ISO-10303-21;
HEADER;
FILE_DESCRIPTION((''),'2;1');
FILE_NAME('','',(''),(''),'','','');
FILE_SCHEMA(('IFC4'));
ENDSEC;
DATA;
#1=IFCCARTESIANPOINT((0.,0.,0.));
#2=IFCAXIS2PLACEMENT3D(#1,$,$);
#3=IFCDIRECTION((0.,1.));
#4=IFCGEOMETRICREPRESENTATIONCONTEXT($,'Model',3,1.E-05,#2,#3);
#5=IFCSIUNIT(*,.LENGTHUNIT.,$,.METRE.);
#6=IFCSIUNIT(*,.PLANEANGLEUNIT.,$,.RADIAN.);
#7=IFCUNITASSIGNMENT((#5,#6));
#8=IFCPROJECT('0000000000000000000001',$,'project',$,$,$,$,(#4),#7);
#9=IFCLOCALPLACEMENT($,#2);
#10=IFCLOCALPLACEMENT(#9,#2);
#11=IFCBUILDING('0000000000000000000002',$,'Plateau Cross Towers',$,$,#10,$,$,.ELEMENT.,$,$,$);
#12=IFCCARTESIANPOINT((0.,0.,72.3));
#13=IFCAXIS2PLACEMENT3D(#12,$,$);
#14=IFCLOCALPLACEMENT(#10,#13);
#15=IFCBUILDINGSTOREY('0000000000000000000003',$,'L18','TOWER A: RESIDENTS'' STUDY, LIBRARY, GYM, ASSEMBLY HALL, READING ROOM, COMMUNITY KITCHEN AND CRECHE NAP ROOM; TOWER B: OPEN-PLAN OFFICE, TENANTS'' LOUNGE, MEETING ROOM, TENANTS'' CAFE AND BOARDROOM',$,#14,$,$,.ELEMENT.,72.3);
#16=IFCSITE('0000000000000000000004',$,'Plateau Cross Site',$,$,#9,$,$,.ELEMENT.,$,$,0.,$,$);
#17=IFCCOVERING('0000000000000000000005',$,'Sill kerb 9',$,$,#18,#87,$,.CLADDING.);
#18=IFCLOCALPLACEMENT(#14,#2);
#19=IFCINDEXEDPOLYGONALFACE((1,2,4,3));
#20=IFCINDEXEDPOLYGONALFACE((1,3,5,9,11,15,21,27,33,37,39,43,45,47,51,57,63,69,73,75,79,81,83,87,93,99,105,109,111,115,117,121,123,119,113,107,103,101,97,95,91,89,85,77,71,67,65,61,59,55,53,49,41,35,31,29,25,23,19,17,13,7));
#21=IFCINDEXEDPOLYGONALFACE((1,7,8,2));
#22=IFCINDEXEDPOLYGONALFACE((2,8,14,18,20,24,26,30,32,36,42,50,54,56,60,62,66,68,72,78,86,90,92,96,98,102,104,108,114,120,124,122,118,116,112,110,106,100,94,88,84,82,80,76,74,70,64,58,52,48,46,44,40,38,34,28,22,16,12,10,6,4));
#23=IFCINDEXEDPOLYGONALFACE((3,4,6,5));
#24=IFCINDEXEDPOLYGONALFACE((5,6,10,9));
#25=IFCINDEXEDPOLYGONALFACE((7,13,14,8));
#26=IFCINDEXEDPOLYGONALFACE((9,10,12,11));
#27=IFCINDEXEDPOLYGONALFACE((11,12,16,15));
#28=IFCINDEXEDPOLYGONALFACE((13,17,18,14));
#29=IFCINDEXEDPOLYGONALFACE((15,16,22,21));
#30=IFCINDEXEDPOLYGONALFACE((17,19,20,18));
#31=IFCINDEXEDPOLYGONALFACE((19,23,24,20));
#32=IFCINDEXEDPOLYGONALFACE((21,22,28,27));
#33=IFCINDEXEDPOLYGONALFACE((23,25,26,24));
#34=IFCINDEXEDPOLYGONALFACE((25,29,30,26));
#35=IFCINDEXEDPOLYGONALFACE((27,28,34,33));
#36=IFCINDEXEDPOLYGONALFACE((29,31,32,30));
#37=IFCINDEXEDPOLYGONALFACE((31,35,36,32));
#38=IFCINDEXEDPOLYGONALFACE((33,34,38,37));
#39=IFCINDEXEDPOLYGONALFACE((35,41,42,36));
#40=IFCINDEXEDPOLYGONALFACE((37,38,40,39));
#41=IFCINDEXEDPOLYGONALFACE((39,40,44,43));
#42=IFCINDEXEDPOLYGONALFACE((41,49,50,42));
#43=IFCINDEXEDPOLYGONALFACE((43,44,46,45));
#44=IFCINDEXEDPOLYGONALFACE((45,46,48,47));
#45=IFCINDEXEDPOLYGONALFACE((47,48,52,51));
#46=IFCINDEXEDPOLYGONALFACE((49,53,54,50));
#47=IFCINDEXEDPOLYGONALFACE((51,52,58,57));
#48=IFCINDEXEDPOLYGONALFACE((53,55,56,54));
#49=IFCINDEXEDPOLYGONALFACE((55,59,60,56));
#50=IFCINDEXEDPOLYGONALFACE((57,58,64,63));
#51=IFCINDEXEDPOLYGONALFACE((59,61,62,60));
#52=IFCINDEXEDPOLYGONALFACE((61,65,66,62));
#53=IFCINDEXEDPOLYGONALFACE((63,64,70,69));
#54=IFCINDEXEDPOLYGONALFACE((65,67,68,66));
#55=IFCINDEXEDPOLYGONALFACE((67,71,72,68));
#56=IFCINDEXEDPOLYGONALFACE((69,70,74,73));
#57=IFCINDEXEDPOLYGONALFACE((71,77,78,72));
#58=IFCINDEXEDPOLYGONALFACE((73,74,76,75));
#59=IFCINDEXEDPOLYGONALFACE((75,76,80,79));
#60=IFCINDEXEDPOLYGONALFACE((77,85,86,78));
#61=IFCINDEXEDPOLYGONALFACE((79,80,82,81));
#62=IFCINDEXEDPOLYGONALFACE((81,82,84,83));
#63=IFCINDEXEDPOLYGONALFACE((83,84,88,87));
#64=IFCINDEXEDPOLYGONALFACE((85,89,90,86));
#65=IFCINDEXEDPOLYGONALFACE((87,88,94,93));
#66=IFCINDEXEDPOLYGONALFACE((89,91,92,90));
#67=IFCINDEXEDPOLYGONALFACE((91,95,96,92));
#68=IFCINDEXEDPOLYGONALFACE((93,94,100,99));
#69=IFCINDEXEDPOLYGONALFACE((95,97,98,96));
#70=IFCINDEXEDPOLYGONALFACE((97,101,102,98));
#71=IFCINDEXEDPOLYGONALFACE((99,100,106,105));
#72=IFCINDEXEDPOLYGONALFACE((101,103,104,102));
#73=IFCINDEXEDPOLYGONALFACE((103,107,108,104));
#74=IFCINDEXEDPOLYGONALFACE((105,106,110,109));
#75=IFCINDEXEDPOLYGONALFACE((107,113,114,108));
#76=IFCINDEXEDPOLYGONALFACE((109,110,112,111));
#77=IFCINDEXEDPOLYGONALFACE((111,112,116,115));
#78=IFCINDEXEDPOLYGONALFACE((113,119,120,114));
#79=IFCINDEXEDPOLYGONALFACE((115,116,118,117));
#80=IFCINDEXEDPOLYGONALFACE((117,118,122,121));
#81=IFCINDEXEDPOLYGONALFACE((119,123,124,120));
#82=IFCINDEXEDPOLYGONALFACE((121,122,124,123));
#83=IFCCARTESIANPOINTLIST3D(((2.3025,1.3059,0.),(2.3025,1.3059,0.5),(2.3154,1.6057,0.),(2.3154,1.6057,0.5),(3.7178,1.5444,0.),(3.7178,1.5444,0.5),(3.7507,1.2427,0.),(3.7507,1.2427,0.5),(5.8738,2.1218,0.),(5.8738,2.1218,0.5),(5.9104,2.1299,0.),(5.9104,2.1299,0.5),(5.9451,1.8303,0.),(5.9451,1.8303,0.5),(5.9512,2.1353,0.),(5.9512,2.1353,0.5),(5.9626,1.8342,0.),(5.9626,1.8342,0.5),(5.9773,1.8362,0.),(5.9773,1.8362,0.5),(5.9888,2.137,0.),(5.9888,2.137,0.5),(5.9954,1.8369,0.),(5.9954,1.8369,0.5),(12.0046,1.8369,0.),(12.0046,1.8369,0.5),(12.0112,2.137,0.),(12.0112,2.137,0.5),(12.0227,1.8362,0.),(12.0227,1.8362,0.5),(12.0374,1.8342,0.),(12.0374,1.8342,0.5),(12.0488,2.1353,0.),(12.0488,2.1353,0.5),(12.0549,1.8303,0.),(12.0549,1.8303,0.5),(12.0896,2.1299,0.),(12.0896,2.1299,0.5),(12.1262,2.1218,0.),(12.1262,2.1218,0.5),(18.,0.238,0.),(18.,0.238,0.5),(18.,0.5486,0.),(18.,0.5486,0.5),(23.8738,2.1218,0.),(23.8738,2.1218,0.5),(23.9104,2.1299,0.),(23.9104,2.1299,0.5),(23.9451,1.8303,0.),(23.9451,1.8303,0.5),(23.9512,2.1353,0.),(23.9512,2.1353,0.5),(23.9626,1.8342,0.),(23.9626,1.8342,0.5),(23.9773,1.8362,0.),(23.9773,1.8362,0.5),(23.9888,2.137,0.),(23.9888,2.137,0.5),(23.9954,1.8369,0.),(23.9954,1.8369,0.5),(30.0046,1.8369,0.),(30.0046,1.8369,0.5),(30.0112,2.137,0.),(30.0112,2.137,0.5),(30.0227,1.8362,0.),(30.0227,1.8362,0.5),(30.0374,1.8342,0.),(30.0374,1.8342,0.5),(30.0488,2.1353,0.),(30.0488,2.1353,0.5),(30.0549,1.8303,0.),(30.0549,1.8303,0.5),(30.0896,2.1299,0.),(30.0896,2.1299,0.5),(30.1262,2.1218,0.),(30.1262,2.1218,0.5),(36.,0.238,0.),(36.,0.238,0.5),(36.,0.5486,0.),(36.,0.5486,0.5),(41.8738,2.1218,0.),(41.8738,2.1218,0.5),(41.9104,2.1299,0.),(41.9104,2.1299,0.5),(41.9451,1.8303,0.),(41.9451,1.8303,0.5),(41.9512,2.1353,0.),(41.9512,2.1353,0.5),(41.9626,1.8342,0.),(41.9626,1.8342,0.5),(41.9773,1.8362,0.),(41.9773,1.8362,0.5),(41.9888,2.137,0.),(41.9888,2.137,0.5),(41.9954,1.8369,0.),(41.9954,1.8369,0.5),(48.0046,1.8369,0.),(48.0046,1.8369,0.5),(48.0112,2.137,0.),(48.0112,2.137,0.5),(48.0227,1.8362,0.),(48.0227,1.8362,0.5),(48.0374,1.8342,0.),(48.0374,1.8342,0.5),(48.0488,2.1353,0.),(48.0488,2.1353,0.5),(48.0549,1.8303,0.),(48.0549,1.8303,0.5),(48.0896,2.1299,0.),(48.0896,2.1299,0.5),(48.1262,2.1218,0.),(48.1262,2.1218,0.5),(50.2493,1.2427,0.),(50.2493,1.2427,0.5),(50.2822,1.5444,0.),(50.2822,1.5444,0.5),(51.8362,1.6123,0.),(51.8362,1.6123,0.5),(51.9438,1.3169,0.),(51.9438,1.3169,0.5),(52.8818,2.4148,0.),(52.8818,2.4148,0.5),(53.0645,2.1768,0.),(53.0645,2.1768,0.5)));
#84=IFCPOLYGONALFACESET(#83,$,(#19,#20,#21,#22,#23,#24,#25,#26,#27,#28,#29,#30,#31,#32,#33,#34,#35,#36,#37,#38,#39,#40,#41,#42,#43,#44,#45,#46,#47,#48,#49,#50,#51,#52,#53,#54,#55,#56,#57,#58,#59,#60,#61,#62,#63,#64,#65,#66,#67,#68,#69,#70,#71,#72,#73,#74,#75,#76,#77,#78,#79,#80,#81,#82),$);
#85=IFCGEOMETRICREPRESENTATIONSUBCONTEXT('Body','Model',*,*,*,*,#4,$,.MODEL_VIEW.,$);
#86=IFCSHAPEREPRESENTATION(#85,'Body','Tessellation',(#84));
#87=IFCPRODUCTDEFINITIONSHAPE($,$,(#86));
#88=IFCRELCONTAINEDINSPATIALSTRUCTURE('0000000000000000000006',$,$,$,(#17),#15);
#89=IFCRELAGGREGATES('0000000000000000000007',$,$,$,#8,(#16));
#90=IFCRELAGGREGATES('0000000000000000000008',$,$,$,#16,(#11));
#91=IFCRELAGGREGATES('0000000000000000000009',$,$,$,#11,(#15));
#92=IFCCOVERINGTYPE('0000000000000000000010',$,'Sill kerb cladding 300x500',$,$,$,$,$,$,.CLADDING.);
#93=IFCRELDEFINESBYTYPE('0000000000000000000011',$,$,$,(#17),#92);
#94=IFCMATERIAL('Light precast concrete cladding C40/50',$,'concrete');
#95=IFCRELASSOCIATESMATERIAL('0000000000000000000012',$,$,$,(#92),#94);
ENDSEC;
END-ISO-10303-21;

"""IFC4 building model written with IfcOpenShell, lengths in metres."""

from ifc_helpers import new_model, si_unit, direction, frame, origin, place, context, subcontext, project, spatial, polyline, outline, extrude, material, type_object, element, save


model = new_model("IFC4")

# Units and contexts
model_context = context("Model", 3, precision=1e-05, world=origin(), true_north=direction((0.0, 1.0)))
body_context = subcontext(model_context, "Body", "Model", "MODEL_VIEW")
ifc_project = project(units=[si_unit("LENGTHUNIT", "METRE"), si_unit("PLANEANGLEUNIT", "RADIAN")], contexts=[model_context])

# Site, building, storey
site_placement = place(None, origin())
site = spatial("IfcSite", under=ifc_project, at=site_placement, Name="Plateau Cross Site", CompositionType="ELEMENT", RefElevation=0.0)
building_placement = place(site_placement, origin())
building = spatial("IfcBuilding", under=site, at=building_placement, Name="Plateau Cross Towers", CompositionType="ELEMENT")
storey_placement = place(building_placement, frame((0.0, 0.0, 72.3)))
storey = spatial("IfcBuildingStorey", under=building, at=storey_placement, Name="L18", Description="TOWER A: RESIDENTS' STUDY, LIBRARY, GYM, ASSEMBLY HALL, READING ROOM, COMMUNITY KITCHEN AND CRECHE NAP ROOM; TOWER B: OPEN-PLAN OFFICE, TENANTS' LOUNGE, MEETING ROOM, TENANTS' CAFE AND BOARDROOM", CompositionType="ELEMENT", Elevation=72.3)

# Covering
ifc_material_1 = material(Name="Light precast concrete cladding C40/50", Category="concrete")
covering_type_1 = type_object("IfcCoveringType", Name="Sill kerb cladding 300x500", PredefinedType="CLADDING", material=ifc_material_1)
covering_1_placement = place(storey_placement, origin())
element("IfcCovering", 1, at=covering_1_placement, inside=storey, type_object=covering_type_1, Name="Sill kerb 9", PredefinedType="CLADDING", context=body_context, shape_type="SweptSolid", body=[
    extrude(outline(polyline([(5.8738, 2.1218), (5.9104, 2.1299), (5.9512, 2.1353), (5.9888, 2.137), (12.0112, 2.137), (12.0488, 2.1353), (12.0896, 2.1299), (12.1262, 2.1218), (18.0, 0.5486), (23.8738, 2.1218), (23.9104, 2.1299), (23.9512, 2.1353), (23.9888, 2.137), (30.0112, 2.137), (30.0488, 2.1353), (30.0896, 2.1299), (30.1262, 2.1218), (36.0, 0.5486), (41.8738, 2.1218), (41.9104, 2.1299), (41.9512, 2.1353), (41.9888, 2.137), (48.0112, 2.137), (48.0488, 2.1353), (48.0896, 2.1299), (48.1262, 2.1218), (50.2822, 1.5444), (51.8362, 1.6123), (52.8818, 2.4148), (53.0645, 2.1768), (51.9438, 1.3169), (50.2493, 1.2427), (48.0549, 1.8303), (48.0374, 1.8342), (48.0227, 1.8362), (48.0046, 1.8369), (41.9954, 1.8369), (41.9773, 1.8362), (41.9626, 1.8342), (41.9451, 1.8303), (36.0, 0.238), (30.0549, 1.8303), (30.0374, 1.8342), (30.0227, 1.8362), (30.0046, 1.8369), (23.9954, 1.8369), (23.9773, 1.8362), (23.9626, 1.8342), (23.9451, 1.8303), (18.0, 0.238), (12.0549, 1.8303), (12.0374, 1.8342), (12.0227, 1.8362), (12.0046, 1.8369), (5.9954, 1.8369), (5.9773, 1.8362), (5.9626, 1.8342), (5.9451, 1.8303), (3.7507, 1.2427), (2.3025, 1.3059), (2.3154, 1.6057), (3.7178, 1.5444), (5.8738, 2.1218)])), origin(), (0.0, 0.0, 1.0), 0.5),
])

save(model, "model.ifc")
